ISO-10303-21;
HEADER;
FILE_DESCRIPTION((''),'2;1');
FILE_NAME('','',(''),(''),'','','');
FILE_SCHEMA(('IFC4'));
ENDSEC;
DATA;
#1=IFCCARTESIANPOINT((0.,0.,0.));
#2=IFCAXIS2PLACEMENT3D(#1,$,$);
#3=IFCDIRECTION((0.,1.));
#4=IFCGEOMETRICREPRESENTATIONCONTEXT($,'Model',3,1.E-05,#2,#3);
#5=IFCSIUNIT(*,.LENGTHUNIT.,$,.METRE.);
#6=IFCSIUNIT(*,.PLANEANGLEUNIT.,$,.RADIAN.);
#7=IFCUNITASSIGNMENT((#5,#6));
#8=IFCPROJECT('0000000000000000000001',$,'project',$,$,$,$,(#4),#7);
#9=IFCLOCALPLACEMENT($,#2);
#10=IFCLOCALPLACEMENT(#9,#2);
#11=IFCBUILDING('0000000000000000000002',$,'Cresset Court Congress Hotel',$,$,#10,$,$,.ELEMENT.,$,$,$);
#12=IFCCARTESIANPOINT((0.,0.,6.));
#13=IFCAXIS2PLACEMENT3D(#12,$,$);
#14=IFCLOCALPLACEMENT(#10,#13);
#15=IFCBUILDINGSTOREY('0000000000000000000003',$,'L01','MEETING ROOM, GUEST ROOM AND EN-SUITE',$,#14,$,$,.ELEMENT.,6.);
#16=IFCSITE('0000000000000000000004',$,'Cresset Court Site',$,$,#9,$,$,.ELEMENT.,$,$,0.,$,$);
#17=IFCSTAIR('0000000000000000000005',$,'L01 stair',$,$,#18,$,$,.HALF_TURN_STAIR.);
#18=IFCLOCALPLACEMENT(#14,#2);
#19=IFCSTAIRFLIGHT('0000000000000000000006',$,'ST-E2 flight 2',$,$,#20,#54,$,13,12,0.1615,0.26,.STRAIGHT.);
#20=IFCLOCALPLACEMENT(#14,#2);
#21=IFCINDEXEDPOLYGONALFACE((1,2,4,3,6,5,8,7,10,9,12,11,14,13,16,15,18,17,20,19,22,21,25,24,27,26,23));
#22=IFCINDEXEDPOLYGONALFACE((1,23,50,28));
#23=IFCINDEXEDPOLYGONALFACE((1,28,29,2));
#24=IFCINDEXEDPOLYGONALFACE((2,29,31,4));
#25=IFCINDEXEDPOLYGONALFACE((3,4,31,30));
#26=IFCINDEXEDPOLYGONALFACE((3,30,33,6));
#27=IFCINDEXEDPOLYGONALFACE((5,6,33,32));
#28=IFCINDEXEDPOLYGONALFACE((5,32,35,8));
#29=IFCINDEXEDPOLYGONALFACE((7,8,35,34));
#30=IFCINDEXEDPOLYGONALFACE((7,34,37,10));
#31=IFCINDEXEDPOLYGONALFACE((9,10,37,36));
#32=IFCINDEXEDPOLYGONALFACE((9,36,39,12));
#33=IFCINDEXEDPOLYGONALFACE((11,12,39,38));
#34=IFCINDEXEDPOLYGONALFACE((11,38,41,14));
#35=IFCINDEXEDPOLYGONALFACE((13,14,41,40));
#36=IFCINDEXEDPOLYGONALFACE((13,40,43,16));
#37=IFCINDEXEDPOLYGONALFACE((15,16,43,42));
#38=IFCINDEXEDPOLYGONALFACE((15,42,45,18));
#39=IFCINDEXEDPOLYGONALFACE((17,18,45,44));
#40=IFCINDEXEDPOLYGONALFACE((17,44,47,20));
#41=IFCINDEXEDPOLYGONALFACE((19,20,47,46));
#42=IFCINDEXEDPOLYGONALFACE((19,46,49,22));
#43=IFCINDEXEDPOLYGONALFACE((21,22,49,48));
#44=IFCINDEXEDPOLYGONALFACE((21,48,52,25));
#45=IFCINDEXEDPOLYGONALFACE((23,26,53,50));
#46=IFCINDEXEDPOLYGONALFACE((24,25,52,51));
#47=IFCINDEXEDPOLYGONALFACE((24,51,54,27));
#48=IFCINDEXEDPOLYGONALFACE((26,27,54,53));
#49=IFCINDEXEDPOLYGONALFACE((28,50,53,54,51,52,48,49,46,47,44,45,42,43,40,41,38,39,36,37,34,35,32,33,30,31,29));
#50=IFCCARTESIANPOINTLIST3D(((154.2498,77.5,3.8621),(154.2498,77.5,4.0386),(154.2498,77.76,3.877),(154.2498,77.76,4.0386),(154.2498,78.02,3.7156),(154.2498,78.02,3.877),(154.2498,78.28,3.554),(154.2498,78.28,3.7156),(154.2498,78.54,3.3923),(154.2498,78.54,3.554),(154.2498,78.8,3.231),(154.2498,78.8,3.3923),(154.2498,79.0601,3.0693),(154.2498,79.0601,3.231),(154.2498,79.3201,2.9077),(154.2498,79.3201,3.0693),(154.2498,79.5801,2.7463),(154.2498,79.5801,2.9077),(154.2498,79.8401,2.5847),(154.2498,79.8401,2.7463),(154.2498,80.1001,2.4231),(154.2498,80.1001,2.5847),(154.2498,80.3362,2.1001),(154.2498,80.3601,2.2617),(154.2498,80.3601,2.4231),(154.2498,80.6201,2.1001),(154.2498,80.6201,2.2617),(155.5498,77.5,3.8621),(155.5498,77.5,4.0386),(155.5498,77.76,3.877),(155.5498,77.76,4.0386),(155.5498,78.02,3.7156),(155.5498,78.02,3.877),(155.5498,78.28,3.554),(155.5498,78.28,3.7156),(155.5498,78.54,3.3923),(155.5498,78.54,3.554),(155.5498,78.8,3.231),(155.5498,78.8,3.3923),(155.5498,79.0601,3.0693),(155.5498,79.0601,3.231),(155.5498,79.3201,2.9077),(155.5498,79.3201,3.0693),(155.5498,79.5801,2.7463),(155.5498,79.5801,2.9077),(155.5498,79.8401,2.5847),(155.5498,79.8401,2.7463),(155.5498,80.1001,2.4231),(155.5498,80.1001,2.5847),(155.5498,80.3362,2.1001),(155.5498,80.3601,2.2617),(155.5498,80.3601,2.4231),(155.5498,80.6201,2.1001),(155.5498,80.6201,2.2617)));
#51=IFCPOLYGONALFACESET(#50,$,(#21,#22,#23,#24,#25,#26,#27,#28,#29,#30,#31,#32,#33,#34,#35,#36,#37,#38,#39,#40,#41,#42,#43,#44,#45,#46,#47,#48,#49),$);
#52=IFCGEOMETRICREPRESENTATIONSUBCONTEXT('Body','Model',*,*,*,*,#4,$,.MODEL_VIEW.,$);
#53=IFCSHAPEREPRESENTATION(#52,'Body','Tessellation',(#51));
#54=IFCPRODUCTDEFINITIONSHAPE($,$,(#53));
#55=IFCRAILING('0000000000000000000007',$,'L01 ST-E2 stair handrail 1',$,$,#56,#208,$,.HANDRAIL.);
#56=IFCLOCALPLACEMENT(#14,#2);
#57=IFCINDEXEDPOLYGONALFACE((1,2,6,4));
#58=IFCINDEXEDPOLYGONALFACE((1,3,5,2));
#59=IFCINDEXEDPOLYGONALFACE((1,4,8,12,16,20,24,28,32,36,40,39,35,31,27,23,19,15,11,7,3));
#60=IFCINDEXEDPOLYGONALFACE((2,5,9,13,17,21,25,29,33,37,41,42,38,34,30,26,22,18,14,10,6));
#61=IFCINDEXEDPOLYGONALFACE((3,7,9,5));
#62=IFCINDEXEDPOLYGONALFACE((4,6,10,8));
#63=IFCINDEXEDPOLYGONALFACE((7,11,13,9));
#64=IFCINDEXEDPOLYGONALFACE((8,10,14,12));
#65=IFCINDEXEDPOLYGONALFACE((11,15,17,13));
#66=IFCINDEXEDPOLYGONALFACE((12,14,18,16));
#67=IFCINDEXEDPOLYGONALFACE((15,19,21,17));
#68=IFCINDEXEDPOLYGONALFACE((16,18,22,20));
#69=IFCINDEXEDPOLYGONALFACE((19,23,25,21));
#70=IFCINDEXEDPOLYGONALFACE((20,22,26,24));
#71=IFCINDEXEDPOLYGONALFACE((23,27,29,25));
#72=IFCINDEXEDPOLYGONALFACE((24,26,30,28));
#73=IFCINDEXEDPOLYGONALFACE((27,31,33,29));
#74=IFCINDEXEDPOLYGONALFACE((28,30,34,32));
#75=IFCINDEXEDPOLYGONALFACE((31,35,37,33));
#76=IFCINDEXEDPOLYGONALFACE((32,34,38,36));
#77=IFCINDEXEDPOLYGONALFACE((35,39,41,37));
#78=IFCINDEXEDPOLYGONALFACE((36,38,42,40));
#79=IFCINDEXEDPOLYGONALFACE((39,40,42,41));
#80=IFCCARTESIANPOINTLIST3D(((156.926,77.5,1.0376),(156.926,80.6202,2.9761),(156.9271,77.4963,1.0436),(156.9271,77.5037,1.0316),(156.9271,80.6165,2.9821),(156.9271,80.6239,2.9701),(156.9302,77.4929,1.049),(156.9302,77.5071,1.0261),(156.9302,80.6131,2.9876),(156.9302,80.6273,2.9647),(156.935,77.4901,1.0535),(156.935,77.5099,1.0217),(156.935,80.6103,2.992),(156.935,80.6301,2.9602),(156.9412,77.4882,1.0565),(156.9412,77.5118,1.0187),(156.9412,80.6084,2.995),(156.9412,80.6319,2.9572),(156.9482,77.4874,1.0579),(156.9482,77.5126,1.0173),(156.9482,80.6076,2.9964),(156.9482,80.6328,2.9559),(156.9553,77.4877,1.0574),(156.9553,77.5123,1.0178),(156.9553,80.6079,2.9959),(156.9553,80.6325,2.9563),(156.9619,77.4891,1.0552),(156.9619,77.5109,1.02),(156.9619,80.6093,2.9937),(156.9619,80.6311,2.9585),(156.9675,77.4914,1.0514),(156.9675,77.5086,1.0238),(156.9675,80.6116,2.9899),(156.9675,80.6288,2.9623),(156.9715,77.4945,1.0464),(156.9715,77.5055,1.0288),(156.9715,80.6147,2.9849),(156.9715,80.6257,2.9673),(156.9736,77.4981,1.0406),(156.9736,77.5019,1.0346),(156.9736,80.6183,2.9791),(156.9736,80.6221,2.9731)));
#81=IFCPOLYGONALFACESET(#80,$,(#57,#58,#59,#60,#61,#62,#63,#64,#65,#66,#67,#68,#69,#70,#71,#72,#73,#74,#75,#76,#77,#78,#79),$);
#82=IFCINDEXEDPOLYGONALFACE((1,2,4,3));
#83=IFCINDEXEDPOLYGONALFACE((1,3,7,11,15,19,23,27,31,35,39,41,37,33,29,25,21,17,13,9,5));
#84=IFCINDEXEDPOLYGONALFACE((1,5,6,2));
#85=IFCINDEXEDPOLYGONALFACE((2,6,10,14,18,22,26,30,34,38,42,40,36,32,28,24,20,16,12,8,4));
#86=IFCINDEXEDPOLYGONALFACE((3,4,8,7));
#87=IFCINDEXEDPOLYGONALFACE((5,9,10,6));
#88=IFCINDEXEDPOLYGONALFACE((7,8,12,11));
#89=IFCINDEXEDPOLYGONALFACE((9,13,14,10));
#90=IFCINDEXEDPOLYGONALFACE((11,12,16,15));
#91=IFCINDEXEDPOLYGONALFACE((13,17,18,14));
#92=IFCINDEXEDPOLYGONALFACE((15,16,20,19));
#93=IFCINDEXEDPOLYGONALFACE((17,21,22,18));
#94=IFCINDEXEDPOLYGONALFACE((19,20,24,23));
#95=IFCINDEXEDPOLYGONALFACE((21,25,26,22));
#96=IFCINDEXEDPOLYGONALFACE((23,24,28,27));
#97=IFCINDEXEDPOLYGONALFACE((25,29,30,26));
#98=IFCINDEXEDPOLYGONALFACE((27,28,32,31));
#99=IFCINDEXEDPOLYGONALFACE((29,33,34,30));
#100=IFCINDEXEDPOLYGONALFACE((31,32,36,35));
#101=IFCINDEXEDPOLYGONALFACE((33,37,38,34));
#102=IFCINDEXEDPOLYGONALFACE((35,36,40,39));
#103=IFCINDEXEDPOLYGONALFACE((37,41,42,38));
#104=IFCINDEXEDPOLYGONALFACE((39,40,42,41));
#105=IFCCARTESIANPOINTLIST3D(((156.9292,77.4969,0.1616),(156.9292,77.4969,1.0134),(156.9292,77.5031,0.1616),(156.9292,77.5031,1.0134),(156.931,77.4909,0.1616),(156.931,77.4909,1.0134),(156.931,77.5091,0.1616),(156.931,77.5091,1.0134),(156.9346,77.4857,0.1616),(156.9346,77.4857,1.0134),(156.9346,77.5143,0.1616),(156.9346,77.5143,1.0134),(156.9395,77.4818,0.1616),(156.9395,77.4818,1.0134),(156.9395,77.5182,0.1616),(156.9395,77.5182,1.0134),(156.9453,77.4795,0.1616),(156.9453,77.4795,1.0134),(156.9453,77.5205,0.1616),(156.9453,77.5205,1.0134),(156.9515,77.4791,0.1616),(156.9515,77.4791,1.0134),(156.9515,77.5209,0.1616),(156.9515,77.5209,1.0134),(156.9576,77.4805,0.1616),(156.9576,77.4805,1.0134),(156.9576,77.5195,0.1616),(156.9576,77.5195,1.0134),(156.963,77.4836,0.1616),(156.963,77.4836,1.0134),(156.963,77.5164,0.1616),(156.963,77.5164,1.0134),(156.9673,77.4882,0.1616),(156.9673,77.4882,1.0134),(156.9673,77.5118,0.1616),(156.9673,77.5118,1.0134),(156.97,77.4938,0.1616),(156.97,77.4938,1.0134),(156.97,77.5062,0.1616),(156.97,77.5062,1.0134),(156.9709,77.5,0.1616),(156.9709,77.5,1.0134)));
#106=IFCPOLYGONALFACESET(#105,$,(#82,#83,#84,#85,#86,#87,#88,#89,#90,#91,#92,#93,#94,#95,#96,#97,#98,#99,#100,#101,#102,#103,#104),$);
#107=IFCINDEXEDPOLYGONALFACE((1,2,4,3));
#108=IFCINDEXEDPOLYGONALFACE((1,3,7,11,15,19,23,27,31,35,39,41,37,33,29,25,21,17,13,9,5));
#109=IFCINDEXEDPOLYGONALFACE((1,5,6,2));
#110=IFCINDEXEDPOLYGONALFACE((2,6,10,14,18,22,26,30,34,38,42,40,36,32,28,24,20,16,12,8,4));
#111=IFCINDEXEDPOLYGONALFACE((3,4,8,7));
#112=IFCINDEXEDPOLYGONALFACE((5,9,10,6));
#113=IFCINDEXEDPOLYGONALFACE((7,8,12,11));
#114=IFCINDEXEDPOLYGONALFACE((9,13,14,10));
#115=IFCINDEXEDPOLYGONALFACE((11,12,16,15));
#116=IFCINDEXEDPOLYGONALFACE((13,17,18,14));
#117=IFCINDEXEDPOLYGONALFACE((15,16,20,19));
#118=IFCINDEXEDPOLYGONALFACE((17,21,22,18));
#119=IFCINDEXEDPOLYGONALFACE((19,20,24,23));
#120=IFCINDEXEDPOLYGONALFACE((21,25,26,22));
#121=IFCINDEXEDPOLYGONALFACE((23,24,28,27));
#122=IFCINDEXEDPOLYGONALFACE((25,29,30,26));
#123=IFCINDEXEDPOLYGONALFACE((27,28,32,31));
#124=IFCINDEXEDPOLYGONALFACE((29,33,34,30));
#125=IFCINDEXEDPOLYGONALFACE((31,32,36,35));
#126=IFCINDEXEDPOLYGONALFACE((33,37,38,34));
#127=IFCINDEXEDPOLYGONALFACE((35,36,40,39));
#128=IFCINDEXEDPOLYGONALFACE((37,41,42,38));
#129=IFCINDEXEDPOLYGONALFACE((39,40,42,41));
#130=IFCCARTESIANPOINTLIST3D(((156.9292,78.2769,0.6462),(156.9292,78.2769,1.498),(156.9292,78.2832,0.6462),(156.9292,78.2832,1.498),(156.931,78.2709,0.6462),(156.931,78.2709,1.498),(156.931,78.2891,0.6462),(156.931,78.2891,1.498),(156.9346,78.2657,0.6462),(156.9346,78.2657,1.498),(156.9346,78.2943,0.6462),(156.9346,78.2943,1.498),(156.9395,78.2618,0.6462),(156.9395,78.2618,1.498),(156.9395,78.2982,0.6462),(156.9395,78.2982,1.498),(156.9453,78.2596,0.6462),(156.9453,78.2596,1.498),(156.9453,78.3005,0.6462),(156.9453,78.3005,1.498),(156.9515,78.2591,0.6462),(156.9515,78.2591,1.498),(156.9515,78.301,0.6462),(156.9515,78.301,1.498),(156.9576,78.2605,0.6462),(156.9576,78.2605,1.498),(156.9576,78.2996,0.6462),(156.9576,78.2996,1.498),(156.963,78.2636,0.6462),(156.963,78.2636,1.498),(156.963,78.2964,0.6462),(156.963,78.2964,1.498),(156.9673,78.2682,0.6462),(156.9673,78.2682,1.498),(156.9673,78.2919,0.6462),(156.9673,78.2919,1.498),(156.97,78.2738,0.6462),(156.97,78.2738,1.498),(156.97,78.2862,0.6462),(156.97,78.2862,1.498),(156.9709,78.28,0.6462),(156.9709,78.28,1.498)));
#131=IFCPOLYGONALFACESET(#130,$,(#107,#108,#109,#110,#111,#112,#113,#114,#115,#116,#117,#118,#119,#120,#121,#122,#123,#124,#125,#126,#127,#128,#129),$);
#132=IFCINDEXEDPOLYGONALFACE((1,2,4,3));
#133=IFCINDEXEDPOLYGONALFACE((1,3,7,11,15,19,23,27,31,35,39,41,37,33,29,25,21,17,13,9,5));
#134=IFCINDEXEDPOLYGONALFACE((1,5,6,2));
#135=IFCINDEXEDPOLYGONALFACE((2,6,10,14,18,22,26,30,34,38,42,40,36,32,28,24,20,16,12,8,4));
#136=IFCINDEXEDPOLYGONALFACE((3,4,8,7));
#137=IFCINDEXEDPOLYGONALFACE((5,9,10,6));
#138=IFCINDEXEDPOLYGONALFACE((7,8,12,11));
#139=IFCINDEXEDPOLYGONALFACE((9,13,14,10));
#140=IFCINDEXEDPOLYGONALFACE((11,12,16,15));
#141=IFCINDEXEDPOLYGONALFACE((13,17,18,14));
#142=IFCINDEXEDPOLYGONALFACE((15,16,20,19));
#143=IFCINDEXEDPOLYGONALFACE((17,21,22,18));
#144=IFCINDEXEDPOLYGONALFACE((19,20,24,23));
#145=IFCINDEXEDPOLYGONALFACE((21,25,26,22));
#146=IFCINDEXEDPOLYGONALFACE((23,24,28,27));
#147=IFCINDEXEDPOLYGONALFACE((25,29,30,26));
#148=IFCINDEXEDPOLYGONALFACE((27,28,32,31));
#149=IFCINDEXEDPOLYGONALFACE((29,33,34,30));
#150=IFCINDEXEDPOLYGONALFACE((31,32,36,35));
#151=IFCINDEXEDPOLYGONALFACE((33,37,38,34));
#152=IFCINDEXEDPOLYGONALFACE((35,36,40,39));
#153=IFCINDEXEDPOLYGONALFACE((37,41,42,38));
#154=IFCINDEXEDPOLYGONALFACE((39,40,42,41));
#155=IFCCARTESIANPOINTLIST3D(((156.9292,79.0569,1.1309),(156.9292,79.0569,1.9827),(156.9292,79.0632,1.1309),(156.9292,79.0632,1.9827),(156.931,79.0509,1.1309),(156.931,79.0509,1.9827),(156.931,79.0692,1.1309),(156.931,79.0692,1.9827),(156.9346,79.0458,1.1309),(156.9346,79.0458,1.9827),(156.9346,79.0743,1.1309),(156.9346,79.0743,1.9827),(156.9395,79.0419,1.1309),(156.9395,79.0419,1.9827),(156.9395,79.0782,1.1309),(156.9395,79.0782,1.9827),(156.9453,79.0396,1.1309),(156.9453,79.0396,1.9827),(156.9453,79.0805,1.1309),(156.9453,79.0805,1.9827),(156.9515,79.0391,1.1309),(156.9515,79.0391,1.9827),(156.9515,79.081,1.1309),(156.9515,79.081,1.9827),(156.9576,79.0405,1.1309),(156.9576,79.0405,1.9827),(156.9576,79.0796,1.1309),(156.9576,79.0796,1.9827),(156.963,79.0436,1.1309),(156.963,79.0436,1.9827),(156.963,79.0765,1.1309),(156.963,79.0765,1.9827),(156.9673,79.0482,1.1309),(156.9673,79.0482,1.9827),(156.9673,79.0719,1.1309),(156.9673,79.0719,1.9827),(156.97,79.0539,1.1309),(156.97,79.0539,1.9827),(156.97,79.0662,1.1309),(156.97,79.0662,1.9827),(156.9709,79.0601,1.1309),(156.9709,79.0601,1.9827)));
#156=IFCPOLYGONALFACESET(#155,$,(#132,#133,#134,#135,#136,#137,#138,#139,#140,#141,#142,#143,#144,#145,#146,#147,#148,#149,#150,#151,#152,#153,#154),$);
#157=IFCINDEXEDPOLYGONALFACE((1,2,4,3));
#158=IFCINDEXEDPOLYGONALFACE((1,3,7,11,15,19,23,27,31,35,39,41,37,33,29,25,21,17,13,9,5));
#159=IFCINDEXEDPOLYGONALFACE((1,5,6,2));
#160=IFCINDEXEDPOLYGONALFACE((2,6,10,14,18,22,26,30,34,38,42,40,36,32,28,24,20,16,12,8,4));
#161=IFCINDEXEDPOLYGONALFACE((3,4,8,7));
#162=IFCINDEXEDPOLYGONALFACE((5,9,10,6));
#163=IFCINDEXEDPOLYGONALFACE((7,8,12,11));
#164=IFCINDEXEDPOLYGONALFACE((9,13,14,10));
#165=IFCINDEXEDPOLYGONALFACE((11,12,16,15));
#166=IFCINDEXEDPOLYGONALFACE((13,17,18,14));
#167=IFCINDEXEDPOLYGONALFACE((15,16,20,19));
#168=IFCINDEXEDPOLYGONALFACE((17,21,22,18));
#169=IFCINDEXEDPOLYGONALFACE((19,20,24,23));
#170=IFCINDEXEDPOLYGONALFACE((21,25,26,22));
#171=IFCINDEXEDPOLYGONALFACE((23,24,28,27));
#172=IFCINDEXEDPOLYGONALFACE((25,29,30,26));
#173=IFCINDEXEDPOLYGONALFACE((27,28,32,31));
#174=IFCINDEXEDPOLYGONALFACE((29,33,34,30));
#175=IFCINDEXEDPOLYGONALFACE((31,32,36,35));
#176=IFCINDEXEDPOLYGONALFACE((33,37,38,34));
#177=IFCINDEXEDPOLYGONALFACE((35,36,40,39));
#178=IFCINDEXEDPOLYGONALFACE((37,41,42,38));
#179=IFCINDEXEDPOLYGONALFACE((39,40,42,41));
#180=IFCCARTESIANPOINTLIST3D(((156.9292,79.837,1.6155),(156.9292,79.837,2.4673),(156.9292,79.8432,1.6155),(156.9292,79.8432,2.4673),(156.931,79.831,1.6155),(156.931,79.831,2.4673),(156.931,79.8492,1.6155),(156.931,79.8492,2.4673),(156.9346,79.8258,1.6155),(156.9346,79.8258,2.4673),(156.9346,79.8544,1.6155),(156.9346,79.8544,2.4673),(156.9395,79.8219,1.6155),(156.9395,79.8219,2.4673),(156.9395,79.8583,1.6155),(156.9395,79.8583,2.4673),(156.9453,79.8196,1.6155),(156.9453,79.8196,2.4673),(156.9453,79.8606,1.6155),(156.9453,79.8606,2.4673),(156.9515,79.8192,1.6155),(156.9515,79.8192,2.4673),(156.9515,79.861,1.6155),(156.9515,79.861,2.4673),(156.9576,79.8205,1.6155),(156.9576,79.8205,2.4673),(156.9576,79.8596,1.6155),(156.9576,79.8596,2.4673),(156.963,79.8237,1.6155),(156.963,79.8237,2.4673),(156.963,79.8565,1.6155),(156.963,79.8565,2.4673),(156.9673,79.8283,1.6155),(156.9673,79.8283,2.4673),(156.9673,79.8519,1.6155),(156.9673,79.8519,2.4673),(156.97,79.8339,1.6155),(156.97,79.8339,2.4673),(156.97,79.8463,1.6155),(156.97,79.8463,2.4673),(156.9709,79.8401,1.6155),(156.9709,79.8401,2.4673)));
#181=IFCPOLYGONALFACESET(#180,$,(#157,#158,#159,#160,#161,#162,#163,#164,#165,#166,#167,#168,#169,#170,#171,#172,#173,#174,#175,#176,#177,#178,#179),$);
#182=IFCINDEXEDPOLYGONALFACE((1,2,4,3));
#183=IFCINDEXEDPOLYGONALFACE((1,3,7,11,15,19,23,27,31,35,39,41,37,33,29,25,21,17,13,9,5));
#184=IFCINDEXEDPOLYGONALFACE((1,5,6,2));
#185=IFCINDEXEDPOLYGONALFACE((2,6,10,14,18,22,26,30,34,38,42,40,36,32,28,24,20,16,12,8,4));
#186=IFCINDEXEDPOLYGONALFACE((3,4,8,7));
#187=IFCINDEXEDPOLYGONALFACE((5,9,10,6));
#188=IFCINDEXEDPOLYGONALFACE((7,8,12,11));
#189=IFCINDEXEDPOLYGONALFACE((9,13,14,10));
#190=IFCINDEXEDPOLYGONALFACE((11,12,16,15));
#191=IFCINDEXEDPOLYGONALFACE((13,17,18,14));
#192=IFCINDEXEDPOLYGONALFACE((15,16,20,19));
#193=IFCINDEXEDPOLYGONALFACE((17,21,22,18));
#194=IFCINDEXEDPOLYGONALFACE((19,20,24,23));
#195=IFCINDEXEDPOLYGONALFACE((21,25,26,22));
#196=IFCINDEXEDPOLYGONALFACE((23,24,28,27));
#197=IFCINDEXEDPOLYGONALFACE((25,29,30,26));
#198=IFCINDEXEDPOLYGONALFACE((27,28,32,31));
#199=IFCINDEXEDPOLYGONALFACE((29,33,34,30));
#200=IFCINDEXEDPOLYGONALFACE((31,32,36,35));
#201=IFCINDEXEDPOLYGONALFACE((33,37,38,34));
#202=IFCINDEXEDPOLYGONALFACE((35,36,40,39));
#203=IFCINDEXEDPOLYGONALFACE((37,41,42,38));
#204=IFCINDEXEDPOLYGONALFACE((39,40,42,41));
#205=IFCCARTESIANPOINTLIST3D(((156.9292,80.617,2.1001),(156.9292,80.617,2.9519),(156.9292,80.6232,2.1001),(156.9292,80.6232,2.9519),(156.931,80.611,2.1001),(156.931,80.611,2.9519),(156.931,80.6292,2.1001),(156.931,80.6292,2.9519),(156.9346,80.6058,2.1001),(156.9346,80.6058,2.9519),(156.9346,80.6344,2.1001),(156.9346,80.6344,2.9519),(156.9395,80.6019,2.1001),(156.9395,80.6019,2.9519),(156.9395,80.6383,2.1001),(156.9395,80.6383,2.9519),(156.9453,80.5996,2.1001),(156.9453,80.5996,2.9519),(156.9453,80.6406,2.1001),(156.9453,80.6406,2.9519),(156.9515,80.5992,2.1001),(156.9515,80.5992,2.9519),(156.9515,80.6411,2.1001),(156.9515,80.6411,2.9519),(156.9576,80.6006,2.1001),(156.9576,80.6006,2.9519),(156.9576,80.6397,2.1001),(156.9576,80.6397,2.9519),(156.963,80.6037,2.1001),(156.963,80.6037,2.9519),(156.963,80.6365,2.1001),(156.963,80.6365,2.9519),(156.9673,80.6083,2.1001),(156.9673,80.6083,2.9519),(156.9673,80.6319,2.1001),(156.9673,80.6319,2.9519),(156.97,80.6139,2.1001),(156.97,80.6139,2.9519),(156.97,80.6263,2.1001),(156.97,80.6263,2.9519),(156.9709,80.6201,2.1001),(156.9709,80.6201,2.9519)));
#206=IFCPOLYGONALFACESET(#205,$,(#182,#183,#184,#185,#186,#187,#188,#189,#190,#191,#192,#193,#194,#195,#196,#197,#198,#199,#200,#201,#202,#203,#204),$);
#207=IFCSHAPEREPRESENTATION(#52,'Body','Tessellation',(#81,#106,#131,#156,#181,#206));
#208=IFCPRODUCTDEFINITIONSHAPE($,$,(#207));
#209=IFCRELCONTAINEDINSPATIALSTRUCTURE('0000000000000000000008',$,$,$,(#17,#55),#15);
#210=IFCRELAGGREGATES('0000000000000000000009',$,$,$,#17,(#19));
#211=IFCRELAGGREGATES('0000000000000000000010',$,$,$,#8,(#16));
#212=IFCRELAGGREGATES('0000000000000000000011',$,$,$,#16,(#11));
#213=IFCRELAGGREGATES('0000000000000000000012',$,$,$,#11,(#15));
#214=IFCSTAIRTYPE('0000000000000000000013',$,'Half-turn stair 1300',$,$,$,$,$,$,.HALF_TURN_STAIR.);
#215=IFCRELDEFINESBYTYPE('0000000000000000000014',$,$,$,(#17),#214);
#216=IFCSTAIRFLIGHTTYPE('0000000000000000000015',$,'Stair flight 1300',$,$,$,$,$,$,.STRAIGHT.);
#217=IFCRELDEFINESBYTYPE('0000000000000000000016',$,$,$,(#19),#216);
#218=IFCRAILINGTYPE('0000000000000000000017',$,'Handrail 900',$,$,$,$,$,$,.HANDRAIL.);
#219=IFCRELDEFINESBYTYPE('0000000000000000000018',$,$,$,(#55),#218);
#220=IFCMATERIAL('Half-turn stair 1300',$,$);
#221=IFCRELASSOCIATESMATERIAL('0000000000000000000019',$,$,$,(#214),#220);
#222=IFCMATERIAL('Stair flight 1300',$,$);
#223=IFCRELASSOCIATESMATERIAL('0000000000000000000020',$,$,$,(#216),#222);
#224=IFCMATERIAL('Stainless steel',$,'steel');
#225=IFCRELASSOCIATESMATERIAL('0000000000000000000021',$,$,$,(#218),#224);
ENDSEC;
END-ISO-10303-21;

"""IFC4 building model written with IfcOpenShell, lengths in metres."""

from ifc_helpers import new_model, si_unit, direction, frame, origin, origin_2d, place, context, subcontext, project, spatial, polyline, circle, outline, extrude, material, type_object, element, aggregate, save


model = new_model("IFC4")

# Units and contexts
model_context = context("Model", 3, precision=1e-05, world=origin(), true_north=direction((0.0, 1.0)))
body_context = subcontext(model_context, "Body", "Model", "MODEL_VIEW")
ifc_project = project(units=[si_unit("LENGTHUNIT", "METRE"), si_unit("PLANEANGLEUNIT", "RADIAN")], contexts=[model_context])

# Site, building, storey
site_placement = place(None, origin())
site = spatial("IfcSite", under=ifc_project, at=site_placement, Name="Cresset Court Site", CompositionType="ELEMENT", RefElevation=0.0)
building_placement = place(site_placement, origin())
building = spatial("IfcBuilding", under=site, at=building_placement, Name="Cresset Court Congress Hotel", CompositionType="ELEMENT")
storey_placement = place(building_placement, frame((0.0, 0.0, 6.0)))
storey = spatial("IfcBuildingStorey", under=building, at=storey_placement, Name="L01", Description="MEETING ROOM, GUEST ROOM AND EN-SUITE", CompositionType="ELEMENT", Elevation=6.0)

# Stair, stair flight
ifc_material_1 = material(Name="Half-turn stair 1300")
stair_type = type_object("IfcStairType", Name="Half-turn stair 1300", PredefinedType="HALF_TURN_STAIR", material=ifc_material_1)
stair_placement = place(storey_placement, origin())
stair = element("IfcStair", 1, at=stair_placement, inside=storey, type_object=stair_type, Name="L01 stair", PredefinedType="HALF_TURN_STAIR")
ifc_material_2 = material(Name="Stair flight 1300")
stair_flight_type = type_object("IfcStairFlightType", Name="Stair flight 1300", PredefinedType="STRAIGHT", material=ifc_material_2)
stair_flight_1_placement = place(storey_placement, frame((154.8999, 80.6201, 2.1001), z_axis=(0.0, 0.0, 1.0), x_axis=(0.0, -1.0, 0.0)))
stair_flight_1 = element("IfcStairFlight", 2, at=stair_flight_1_placement, type_object=stair_flight_type, Name="ST-E2 flight 2", NumberOfRisers=13, NumberOfTreads=12, PredefinedType="STRAIGHT", RiserHeight=0.1615, TreadLength=0.26, context=body_context, shape_type="SweptSolid", body=[
    extrude(outline(polyline([(0.0, 0.0), (0.0, 0.1616), (0.26, 0.1616), (0.26, 0.323), (0.52, 0.323), (0.52, 0.4846), (0.78, 0.4846), (0.78, 0.6462), (1.04, 0.6462), (1.04, 0.8076), (1.3, 0.8076), (1.3, 0.9692), (1.5601, 0.9692), (1.5601, 1.1309), (1.8201, 1.1309), (1.8201, 1.2922), (2.0801, 1.2922), (2.0801, 1.4539), (2.3401, 1.4539), (2.3401, 1.6155), (2.6001, 1.6155), (2.6001, 1.7769), (2.8601, 1.7769), (2.8601, 1.9385), (3.1201, 1.9385), (3.1201, 2.1001), (3.1201, 1.762), (0.2839, 0.0), (0.0, 0.0)])), frame((0.0, 0.6499, 0.0), z_axis=(0.0, -1.0, 0.0), x_axis=(1.0, 0.0, 0.0)), (0.0, 0.0, 1.0), 1.3),
])
aggregate(stair, [stair_flight_1])

# Railing
ifc_material_3 = material(Name="Stainless steel", Category="steel")
railing_type_1 = type_object("IfcRailingType", Name="Handrail 900", PredefinedType="HANDRAIL", material=ifc_material_3)
railing_1_placement = place(storey_placement, frame((156.95, 77.5, 0.1616)))
element("IfcRailing", 3, at=railing_1_placement, inside=storey, type_object=railing_type_1, Name="L01 ST-E2 stair handrail 1", PredefinedType="HANDRAIL", context=body_context, shape_type="SweptSolid", body=[
    extrude(circle(Radius=0.0239, at=origin_2d()), frame((0.0, 0.0, 0.876), z_axis=(0.0, 0.849414, 0.527727), x_axis=(-1.0, 0.0, 0.0)), (0.0, 0.0, 1.0), 3.6733),
    extrude(circle(Radius=0.021, at=origin_2d()), origin(), (0.0, 0.0, 1.0), 0.8518),
    extrude(circle(Radius=0.021, at=origin_2d()), frame((0.0, 0.78, 0.4846)), (0.0, 0.0, 1.0), 0.8518),
    extrude(circle(Radius=0.021, at=origin_2d()), frame((0.0, 1.5601, 0.9692)), (0.0, 0.0, 1.0), 0.8518),
    extrude(circle(Radius=0.021, at=origin_2d()), frame((0.0, 2.3401, 1.4539)), (0.0, 0.0, 1.0), 0.8518),
    extrude(circle(Radius=0.021, at=origin_2d()), frame((0.0, 3.1201, 1.9385)), (0.0, 0.0, 1.0), 0.8518),
])

save(model, "model.ifc")
